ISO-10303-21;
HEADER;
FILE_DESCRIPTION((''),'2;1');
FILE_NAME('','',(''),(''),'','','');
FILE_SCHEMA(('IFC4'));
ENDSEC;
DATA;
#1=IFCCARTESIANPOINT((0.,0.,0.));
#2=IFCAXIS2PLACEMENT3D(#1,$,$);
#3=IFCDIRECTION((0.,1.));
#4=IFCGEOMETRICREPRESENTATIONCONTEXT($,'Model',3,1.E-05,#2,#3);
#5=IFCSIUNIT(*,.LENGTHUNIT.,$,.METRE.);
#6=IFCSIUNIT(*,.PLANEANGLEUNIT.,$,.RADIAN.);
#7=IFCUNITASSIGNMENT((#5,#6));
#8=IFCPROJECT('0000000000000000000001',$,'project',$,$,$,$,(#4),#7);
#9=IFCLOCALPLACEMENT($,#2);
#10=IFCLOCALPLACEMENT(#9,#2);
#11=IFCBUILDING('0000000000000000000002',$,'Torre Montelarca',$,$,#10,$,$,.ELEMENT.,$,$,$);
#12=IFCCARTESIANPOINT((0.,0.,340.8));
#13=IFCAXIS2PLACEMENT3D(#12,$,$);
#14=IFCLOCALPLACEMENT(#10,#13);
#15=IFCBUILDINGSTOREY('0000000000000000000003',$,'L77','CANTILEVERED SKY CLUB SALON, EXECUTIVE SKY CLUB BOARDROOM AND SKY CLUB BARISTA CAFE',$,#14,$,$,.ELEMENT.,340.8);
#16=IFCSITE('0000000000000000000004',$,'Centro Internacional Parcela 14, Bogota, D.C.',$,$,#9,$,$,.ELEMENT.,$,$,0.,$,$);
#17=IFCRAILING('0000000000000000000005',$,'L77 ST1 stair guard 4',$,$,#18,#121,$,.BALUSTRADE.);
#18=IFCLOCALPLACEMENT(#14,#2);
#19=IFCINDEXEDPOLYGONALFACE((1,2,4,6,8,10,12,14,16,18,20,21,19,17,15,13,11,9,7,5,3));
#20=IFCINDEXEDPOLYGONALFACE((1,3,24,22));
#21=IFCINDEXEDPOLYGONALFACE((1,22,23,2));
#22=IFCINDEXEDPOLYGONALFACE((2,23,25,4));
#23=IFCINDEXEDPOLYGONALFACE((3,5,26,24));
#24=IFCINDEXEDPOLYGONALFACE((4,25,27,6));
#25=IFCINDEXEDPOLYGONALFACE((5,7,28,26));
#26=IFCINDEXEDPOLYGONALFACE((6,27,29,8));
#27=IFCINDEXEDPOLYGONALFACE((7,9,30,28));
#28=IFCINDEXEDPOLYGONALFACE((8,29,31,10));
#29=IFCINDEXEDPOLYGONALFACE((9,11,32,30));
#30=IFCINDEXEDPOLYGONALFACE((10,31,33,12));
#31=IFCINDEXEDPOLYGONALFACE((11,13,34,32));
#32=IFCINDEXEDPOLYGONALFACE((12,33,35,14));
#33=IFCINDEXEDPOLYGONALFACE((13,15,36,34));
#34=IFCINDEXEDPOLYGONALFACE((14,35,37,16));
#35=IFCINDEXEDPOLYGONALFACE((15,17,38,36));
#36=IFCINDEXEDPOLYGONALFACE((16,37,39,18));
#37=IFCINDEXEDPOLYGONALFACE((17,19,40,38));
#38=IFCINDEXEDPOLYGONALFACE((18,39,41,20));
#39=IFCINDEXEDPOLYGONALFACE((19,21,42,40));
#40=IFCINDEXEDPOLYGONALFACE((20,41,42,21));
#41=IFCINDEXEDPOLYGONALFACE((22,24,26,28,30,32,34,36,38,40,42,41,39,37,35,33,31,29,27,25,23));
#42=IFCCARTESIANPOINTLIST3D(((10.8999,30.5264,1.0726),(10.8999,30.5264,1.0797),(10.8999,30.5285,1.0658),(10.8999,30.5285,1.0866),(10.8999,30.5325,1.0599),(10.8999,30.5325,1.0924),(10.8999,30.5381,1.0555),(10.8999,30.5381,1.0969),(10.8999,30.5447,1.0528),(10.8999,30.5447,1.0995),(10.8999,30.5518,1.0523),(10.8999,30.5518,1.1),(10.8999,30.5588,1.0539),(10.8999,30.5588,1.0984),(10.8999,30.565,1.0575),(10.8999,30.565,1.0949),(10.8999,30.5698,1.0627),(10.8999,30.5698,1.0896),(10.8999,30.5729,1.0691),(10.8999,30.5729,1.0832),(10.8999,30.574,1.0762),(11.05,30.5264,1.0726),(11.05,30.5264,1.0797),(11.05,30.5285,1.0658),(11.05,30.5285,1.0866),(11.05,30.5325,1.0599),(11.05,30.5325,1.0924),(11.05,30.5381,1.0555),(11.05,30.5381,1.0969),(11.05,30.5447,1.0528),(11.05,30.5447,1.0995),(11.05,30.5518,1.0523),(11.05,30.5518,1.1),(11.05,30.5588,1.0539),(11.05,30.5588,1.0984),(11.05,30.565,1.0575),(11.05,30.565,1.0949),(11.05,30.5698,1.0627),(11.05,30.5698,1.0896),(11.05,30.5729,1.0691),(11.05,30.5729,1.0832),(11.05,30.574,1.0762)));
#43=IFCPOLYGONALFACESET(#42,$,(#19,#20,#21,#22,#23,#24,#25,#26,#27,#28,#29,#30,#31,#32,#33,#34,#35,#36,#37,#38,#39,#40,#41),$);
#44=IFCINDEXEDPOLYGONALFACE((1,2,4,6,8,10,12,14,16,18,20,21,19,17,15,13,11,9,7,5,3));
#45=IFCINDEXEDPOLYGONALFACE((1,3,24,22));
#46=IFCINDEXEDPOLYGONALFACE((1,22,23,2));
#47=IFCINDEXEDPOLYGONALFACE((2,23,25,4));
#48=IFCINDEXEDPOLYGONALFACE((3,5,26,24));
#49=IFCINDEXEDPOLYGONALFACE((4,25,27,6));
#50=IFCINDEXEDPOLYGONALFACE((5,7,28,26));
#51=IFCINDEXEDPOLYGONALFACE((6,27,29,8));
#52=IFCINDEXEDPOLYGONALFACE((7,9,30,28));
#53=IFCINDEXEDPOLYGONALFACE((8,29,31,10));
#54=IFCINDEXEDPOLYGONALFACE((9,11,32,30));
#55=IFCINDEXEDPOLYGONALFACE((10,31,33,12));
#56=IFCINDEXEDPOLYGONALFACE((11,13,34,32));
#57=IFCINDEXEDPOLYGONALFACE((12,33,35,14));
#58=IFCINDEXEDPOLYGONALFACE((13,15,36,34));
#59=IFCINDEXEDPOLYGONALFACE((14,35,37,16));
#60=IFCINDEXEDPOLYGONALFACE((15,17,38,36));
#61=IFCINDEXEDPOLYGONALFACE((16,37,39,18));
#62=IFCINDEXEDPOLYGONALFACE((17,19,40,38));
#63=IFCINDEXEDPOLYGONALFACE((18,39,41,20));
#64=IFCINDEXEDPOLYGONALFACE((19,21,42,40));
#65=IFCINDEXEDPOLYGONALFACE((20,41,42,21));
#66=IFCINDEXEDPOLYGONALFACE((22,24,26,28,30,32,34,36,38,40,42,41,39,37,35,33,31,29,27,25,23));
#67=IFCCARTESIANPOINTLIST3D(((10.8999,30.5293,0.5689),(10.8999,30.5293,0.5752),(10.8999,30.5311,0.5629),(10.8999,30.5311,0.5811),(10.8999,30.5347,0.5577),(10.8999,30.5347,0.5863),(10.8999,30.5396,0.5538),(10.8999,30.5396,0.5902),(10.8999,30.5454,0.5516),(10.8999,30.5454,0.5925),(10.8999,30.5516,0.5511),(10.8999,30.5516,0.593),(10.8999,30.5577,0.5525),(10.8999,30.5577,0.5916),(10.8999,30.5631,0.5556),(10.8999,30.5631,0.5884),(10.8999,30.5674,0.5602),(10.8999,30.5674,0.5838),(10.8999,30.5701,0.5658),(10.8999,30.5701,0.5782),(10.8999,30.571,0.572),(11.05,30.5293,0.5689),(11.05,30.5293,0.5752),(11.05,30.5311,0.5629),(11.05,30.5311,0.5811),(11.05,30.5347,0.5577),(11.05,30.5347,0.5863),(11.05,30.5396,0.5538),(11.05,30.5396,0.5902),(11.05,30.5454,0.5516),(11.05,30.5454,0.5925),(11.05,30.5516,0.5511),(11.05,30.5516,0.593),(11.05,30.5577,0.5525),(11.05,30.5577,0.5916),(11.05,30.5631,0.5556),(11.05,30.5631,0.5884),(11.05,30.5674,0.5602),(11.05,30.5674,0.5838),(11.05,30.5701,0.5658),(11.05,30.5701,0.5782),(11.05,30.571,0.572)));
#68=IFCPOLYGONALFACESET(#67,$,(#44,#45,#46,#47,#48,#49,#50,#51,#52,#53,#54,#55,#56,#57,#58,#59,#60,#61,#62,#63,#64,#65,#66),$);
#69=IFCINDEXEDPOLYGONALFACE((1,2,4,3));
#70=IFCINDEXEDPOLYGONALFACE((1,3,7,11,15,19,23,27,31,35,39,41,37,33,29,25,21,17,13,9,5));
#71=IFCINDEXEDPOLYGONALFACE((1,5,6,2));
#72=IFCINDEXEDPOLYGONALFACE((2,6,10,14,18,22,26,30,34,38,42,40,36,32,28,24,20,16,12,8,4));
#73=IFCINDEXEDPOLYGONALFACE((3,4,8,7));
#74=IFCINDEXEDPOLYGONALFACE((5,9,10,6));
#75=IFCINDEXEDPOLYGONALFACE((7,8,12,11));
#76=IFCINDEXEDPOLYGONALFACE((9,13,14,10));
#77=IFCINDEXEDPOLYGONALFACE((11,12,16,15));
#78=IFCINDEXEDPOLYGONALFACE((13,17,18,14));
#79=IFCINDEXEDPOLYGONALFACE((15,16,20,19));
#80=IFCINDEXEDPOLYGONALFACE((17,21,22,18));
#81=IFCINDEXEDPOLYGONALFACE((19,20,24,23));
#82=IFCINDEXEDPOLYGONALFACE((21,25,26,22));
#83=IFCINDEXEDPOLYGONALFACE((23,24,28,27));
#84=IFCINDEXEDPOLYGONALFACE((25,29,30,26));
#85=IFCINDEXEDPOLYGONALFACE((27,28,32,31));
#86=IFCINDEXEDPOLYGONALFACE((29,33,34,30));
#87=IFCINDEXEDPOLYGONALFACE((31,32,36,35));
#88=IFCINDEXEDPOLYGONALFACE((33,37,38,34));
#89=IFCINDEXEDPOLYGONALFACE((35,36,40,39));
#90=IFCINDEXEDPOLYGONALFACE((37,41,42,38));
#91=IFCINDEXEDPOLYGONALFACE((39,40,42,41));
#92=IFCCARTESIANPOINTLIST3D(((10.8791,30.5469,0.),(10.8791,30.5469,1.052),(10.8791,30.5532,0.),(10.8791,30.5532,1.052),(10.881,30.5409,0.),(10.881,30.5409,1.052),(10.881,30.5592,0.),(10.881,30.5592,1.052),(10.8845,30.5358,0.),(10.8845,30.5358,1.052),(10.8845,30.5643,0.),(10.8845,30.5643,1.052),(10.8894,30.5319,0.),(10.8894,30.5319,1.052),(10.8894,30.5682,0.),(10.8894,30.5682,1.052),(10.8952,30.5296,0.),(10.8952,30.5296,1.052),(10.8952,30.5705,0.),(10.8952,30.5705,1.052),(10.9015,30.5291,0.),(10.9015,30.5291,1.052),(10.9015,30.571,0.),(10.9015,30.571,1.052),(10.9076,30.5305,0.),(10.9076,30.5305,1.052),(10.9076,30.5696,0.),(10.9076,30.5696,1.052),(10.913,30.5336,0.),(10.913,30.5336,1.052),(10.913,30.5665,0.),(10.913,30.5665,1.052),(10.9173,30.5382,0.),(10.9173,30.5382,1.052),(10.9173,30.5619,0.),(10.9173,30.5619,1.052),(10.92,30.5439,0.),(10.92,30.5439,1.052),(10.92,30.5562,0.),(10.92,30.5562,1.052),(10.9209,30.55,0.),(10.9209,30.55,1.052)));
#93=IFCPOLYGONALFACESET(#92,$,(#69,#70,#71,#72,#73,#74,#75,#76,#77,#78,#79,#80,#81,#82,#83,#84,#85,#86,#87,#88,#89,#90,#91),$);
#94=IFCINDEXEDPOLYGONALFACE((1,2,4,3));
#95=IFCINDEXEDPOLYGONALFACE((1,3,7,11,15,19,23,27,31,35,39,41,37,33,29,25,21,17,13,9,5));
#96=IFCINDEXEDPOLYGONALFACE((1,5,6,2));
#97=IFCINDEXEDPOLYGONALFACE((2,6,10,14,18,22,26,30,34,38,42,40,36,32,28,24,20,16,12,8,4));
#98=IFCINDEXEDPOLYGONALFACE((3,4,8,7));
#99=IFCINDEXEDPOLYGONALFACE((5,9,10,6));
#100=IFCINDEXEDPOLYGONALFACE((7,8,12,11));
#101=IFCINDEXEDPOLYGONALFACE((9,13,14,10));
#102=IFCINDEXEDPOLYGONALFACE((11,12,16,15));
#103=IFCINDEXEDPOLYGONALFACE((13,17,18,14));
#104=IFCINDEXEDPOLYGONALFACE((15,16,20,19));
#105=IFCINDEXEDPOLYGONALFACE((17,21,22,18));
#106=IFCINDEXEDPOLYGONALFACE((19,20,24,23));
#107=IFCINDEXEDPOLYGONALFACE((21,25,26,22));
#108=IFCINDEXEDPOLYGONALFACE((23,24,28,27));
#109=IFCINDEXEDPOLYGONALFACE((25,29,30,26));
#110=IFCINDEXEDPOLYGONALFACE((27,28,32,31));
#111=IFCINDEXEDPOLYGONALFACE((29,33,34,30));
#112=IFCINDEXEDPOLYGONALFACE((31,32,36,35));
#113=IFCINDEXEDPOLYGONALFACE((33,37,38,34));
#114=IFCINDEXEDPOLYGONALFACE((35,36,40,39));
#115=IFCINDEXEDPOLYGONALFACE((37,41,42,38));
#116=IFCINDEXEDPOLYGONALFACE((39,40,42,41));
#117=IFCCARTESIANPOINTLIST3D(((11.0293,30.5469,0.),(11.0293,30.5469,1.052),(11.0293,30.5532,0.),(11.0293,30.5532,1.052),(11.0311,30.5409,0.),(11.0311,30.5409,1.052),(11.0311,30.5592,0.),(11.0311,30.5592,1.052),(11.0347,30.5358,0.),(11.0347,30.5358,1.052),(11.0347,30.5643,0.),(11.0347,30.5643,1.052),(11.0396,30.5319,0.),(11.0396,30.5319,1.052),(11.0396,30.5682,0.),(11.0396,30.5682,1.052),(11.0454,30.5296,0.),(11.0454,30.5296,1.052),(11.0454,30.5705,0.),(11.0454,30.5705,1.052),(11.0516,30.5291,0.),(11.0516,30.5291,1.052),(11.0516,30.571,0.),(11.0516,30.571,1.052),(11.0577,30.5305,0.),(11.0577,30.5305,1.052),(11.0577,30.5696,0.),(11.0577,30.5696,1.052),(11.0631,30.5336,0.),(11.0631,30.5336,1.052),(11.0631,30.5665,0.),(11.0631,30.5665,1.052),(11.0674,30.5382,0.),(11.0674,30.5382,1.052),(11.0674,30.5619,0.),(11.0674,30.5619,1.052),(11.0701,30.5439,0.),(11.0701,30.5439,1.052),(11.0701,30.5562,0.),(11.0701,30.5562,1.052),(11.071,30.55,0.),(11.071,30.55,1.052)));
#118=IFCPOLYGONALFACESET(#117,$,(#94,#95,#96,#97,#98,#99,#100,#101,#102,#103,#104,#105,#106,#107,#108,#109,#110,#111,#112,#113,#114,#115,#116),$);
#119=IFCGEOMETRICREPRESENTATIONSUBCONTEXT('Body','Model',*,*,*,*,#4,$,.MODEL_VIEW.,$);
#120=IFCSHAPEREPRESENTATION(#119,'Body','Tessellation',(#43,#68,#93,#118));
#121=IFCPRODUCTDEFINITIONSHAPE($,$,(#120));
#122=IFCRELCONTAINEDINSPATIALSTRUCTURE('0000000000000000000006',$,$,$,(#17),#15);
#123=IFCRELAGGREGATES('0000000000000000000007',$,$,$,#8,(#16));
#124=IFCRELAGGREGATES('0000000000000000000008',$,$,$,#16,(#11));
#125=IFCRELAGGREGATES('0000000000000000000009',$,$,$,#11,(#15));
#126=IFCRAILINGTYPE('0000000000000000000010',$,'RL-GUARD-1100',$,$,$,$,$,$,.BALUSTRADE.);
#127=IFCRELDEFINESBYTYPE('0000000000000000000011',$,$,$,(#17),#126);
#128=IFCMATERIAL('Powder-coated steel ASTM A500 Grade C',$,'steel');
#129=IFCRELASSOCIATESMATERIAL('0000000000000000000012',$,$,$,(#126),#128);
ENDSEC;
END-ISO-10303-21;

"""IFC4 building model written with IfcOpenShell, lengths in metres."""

from ifc_helpers import new_model, si_unit, direction, frame, origin, origin_2d, place, context, subcontext, project, spatial, circle, extrude, material, type_object, element, save


model = new_model("IFC4")

# Units and contexts
model_context = context("Model", 3, precision=1e-05, world=origin(), true_north=direction((0.0, 1.0)))
body_context = subcontext(model_context, "Body", "Model", "MODEL_VIEW")
ifc_project = project(units=[si_unit("LENGTHUNIT", "METRE"), si_unit("PLANEANGLEUNIT", "RADIAN")], contexts=[model_context])

# Site, building, storey
site_placement = place(None, origin())
site = spatial("IfcSite", under=ifc_project, at=site_placement, Name="Centro Internacional Parcela 14, Bogota, D.C.", CompositionType="ELEMENT", RefElevation=0.0)
building_placement = place(site_placement, origin())
building = spatial("IfcBuilding", under=site, at=building_placement, Name="Torre Montelarca", CompositionType="ELEMENT")
storey_placement = place(building_placement, frame((0.0, 0.0, 340.8)))
storey = spatial("IfcBuildingStorey", under=building, at=storey_placement, Name="L77", Description="CANTILEVERED SKY CLUB SALON, EXECUTIVE SKY CLUB BOARDROOM AND SKY CLUB BARISTA CAFE", CompositionType="ELEMENT", Elevation=340.8)

# Railing
ifc_material_1 = material(Name="Powder-coated steel ASTM A500 Grade C", Category="steel")
railing_type_1 = type_object("IfcRailingType", Name="RL-GUARD-1100", PredefinedType="BALUSTRADE", material=ifc_material_1)
railing_1_placement = place(storey_placement, frame((10.8999, 30.55, 0.0)))
element("IfcRailing", 1, at=railing_1_placement, inside=storey, type_object=railing_type_1, Name="L77 ST1 stair guard 4", PredefinedType="BALUSTRADE", context=body_context, shape_type="SweptSolid", body=[
    extrude(circle(Radius=0.0239, at=origin_2d()), frame((0.0, 0.0, 1.0762), z_axis=(1.0, 0.0, 0.0), x_axis=(0.0, 1.0, 0.0)), (0.0, 0.0, 1.0), 0.1501),
    extrude(circle(Radius=0.021, at=origin_2d()), frame((0.0, 0.0, 0.572), z_axis=(1.0, 0.0, 0.0), x_axis=(0.0, 1.0, 0.0)), (0.0, 0.0, 1.0), 0.1501),
    extrude(circle(Radius=0.021, at=origin_2d()), origin(), (0.0, 0.0, 1.0), 1.052),
    extrude(circle(Radius=0.021, at=origin_2d()), frame((0.1501, 0.0, 0.0)), (0.0, 0.0, 1.0), 1.052),
])

save(model, "model.ifc")
